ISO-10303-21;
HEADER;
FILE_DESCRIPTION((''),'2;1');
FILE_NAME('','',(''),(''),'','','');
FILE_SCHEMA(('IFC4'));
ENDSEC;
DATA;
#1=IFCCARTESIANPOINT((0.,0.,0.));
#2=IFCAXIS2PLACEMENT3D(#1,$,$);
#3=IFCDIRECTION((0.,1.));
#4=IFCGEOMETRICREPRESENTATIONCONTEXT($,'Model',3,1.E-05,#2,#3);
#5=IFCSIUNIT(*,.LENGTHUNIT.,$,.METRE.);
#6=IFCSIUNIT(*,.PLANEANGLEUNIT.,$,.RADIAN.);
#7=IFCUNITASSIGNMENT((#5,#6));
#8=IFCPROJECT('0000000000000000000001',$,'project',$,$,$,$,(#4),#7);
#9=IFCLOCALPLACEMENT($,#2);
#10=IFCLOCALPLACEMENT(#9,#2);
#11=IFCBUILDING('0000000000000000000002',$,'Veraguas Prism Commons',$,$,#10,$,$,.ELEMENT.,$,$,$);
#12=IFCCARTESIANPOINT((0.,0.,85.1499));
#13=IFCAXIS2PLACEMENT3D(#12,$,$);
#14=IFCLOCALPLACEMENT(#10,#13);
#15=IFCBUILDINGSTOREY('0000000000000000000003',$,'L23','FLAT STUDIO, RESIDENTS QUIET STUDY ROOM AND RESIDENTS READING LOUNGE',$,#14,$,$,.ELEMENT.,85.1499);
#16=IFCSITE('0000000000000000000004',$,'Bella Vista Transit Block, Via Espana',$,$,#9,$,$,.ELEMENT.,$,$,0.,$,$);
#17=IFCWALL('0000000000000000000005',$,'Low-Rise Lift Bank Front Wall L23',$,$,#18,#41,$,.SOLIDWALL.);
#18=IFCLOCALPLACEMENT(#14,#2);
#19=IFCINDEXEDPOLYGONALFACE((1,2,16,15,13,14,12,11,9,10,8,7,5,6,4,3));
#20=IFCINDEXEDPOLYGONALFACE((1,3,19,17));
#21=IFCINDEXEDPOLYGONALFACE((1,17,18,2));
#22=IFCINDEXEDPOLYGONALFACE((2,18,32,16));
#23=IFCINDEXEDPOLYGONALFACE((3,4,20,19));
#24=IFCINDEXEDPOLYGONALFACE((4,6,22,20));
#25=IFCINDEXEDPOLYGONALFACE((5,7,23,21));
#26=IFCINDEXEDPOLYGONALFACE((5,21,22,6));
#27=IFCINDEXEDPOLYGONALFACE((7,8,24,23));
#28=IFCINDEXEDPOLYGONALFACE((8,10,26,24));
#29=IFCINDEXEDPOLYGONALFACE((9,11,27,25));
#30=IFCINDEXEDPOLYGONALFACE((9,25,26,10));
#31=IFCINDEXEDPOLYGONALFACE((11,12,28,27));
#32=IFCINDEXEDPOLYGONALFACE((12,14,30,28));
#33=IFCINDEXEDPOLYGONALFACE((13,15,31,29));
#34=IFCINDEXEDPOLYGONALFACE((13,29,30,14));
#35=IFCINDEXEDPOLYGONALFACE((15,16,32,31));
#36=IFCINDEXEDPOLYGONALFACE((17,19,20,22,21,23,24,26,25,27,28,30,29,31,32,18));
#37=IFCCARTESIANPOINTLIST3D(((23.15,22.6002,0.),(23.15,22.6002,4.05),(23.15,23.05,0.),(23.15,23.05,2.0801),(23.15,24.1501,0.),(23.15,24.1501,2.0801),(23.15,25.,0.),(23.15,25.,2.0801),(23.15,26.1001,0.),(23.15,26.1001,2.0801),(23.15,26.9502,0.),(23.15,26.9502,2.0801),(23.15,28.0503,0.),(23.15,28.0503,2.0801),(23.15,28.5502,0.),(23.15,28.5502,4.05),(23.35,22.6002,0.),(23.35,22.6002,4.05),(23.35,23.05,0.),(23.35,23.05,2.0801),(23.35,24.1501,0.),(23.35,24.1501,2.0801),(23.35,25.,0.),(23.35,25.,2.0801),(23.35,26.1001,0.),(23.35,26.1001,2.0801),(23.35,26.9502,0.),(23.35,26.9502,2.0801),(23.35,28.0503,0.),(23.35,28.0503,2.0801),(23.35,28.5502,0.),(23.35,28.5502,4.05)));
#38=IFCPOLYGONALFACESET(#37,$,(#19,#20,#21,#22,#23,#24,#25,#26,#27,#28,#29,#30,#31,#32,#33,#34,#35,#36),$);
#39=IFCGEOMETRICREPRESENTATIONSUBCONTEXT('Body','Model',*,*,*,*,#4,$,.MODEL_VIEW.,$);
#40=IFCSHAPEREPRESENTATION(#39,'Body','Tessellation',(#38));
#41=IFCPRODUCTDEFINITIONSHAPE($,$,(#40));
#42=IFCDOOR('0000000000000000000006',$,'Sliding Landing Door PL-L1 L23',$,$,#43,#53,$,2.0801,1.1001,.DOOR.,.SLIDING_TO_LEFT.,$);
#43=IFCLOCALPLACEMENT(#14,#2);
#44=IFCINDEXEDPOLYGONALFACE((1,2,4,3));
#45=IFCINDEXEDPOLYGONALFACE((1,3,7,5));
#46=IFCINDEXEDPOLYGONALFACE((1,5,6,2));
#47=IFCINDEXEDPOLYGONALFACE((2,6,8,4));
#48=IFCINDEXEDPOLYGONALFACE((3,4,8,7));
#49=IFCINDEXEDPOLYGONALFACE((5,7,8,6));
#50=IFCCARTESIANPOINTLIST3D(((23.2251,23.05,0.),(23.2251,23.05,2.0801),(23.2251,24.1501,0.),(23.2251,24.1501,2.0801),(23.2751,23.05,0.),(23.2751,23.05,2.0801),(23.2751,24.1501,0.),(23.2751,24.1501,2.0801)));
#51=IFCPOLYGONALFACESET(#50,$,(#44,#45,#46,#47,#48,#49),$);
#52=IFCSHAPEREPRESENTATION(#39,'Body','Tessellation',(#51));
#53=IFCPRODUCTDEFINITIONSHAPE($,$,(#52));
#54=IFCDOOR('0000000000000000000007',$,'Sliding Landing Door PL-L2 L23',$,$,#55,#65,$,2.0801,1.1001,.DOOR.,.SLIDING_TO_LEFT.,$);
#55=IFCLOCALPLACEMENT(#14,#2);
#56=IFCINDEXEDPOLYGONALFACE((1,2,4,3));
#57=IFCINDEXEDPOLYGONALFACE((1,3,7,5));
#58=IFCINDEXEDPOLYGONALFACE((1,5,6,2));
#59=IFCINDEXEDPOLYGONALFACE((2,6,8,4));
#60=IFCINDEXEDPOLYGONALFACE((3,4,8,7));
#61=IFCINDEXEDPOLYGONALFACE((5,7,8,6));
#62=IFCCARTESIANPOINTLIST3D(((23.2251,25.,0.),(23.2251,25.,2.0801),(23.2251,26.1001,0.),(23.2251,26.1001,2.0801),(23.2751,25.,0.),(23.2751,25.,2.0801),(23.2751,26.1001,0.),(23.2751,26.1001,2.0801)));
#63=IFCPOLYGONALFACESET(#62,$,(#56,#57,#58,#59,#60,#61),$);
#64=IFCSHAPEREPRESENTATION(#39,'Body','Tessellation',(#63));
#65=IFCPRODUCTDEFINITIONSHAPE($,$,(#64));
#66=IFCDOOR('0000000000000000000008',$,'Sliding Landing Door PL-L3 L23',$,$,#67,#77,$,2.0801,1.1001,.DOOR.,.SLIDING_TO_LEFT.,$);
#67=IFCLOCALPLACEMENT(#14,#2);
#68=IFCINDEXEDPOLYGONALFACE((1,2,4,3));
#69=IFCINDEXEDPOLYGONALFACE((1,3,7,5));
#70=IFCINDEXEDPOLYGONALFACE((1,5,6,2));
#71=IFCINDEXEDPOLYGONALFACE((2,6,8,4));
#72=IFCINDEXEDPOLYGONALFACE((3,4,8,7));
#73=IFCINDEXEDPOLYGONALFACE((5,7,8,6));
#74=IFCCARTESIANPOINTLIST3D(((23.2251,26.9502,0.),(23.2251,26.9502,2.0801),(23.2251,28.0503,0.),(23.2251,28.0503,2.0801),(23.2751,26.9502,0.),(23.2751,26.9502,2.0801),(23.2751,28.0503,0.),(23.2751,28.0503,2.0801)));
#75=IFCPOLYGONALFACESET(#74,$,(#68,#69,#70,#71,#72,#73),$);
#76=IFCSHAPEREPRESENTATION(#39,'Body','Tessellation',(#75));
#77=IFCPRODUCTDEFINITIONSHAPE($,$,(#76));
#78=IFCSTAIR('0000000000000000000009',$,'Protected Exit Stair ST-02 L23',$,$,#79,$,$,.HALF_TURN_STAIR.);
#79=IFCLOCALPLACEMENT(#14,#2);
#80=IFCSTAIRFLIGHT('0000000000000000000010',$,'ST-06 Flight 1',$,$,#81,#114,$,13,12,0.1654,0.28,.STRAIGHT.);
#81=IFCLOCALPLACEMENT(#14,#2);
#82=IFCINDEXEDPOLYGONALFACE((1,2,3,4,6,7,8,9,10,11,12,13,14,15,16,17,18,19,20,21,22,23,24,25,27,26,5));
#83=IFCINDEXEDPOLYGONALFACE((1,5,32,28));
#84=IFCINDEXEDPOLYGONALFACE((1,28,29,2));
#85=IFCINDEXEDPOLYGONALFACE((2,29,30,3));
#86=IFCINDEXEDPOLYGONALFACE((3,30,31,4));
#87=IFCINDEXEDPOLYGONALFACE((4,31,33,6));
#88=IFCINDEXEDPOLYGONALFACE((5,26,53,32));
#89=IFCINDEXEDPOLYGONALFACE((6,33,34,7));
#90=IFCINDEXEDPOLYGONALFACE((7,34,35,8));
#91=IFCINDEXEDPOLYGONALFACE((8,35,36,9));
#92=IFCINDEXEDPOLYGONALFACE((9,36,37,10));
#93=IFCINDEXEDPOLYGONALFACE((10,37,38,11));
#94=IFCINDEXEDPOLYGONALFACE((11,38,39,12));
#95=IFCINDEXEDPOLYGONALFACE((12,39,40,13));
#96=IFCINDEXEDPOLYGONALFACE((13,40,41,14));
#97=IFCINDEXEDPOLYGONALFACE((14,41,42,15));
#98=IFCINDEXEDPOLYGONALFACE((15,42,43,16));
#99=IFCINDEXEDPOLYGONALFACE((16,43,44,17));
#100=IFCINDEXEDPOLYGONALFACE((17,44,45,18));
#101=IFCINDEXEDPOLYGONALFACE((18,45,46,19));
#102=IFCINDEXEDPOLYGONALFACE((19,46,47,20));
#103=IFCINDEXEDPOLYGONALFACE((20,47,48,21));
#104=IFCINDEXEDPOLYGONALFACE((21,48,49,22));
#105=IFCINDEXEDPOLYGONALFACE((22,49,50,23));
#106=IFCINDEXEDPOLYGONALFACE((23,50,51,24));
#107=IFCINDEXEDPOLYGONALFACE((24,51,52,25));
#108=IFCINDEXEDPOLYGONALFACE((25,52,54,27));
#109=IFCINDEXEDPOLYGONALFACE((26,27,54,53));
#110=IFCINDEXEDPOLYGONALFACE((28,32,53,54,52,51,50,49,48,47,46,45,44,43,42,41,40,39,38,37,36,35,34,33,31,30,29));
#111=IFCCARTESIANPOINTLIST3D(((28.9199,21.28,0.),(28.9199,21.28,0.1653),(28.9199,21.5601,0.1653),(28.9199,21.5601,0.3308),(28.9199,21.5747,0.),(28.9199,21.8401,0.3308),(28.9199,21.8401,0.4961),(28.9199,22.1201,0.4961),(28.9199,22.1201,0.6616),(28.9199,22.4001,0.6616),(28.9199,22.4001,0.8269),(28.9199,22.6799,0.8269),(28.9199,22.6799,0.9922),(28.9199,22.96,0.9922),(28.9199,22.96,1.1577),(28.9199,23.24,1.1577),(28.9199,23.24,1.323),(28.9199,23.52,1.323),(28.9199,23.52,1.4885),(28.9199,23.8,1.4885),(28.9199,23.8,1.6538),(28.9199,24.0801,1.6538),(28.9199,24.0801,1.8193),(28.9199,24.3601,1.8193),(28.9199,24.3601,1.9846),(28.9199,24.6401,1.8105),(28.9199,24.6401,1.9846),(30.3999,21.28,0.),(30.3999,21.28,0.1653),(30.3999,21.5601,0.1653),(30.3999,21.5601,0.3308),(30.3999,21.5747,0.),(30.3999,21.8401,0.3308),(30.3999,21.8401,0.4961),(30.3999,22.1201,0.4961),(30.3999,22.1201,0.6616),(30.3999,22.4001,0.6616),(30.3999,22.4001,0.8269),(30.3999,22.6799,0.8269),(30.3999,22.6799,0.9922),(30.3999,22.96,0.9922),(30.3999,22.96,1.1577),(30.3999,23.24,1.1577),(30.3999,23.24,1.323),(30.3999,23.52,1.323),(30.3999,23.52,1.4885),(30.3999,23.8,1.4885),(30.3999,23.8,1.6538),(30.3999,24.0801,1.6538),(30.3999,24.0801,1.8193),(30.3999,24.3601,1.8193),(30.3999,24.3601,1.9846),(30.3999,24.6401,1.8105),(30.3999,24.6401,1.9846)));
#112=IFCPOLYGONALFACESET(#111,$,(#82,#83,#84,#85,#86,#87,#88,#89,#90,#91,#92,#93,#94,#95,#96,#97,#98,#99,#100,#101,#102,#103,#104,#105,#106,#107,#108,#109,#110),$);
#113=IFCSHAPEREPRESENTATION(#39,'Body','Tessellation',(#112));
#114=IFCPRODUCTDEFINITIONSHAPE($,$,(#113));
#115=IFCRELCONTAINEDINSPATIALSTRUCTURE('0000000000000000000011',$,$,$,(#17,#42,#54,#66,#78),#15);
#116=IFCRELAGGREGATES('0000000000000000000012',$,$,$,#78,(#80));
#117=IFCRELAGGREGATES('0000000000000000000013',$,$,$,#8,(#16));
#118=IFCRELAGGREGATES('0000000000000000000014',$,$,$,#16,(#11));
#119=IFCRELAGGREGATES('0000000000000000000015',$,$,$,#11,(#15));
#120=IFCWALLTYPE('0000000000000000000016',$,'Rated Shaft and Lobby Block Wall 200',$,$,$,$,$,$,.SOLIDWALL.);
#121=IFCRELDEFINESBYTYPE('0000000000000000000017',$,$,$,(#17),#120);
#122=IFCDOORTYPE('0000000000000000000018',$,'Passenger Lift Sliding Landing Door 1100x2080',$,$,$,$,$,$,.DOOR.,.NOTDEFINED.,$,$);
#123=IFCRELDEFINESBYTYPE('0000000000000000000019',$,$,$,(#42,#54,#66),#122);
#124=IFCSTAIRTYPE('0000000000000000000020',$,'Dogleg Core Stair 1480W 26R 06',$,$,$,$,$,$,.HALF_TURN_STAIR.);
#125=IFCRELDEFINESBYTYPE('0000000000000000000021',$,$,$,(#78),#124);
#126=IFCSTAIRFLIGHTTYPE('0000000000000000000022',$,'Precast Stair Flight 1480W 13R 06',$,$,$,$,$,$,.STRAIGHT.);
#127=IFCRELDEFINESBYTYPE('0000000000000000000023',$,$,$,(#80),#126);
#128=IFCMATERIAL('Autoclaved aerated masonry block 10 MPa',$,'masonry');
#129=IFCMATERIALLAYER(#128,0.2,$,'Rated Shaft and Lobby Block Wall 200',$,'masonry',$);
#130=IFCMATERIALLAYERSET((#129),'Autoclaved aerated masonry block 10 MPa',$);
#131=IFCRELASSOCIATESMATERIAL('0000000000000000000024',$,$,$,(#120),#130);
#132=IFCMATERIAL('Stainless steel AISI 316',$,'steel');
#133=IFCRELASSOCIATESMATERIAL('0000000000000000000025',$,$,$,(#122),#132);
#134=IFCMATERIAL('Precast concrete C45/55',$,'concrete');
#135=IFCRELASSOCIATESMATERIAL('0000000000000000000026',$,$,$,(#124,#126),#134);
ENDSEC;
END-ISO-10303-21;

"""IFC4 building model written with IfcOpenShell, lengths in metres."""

from ifc_helpers import new_model, si_unit, direction, frame, frame_2d, origin, place, context, subcontext, project, spatial, polyline, rectangle, outline, extrude, source, transform, mapped, material, layer, layer_set, type_object, element, fill, aggregate, save


model = new_model("IFC4")

# Units and contexts
model_context = context("Model", 3, precision=1e-05, world=origin(), true_north=direction((0.0, 1.0)))
body_context = subcontext(model_context, "Body", "Model", "MODEL_VIEW")
ifc_project = project(units=[si_unit("LENGTHUNIT", "METRE"), si_unit("PLANEANGLEUNIT", "RADIAN")], contexts=[model_context])

# Site, building, storey
site_placement = place(None, origin())
site = spatial("IfcSite", under=ifc_project, at=site_placement, Name="Bella Vista Transit Block, Via Espana", CompositionType="ELEMENT", RefElevation=0.0)
building_placement = place(site_placement, origin())
building = spatial("IfcBuilding", under=site, at=building_placement, Name="Veraguas Prism Commons", CompositionType="ELEMENT")
storey_placement = place(building_placement, frame((0.0, 0.0, 85.1499)))
storey = spatial("IfcBuildingStorey", under=building, at=storey_placement, Name="L23", Description="FLAT STUDIO, RESIDENTS QUIET STUDY ROOM AND RESIDENTS READING LOUNGE", CompositionType="ELEMENT", Elevation=85.1499)

# Shared definitions
ifc_material_1 = material(Name="Autoclaved aerated masonry block 10 MPa", Category="masonry")

# Shared definitions
ifc_layer_1 = layer(ifc_material_1, 0.2, Name="Rated Shaft and Lobby Block Wall 200", Category="masonry")
ifc_layer_set_1 = layer_set([ifc_layer_1], Name="Autoclaved aerated masonry block 10 MPa")
wall_type_1 = type_object("IfcWallType", Name="Rated Shaft and Lobby Block Wall 200", PredefinedType="SOLIDWALL", material=ifc_layer_set_1)
ifc_material_2 = material(Name="Stainless steel AISI 316", Category="steel")

# Wall, openings, doors
wall_1_placement = place(storey_placement, frame((23.25, 22.6001, 0.0), z_axis=(0.0, 0.0, 1.0), x_axis=(0.0, 1.0, 0.0)))
wall_1 = element("IfcWall", 1, at=wall_1_placement, inside=storey, type_object=wall_type_1, Name="Low-Rise Lift Bank Front Wall L23", PredefinedType="SOLIDWALL", context=body_context, shape_type="SweptSolid", body=[
    extrude(rectangle(XDim=5.95, YDim=0.2, at=frame_2d((2.9751, 0.0))), origin(), (0.0, 0.0, 1.0), 4.05),
])
opening_1_placement = place(wall_1_placement, frame((0.45, 0.0, 0.0)))
opening_1 = element("IfcOpeningElement", 2, at=opening_1_placement, cuts=wall_1, PredefinedType="OPENING", context=body_context, shape_type="SweptSolid", body=[
    extrude(rectangle(XDim=1.1001, YDim=2.0801, at=frame_2d((0.55, 1.04))), frame((0.0, 0.1099, 0.0), z_axis=(0.0, -1.0, 0.0), x_axis=(1.0, 0.0, 0.0)), (0.0, 0.0, 1.0), 0.22),
])
opening_2_placement = place(wall_1_placement, frame((2.3999, 0.0, 0.0)))
opening_2 = element("IfcOpeningElement", 3, at=opening_2_placement, cuts=wall_1, PredefinedType="OPENING", context=body_context, shape_type="SweptSolid", body=[
    extrude(rectangle(XDim=1.1001, YDim=2.0801, at=frame_2d((0.55, 1.04))), frame((0.0, 0.1099, 0.0), z_axis=(0.0, -1.0, 0.0), x_axis=(1.0, 0.0, 0.0)), (0.0, 0.0, 1.0), 0.22),
])
opening_3_placement = place(wall_1_placement, frame((4.3501, 0.0, 0.0)))
opening_3 = element("IfcOpeningElement", 4, at=opening_3_placement, cuts=wall_1, PredefinedType="OPENING", context=body_context, shape_type="SweptSolid", body=[
    extrude(rectangle(XDim=1.1001, YDim=2.0801, at=frame_2d((0.55, 1.04))), frame((0.0, 0.1099, 0.0), z_axis=(0.0, -1.0, 0.0), x_axis=(1.0, 0.0, 0.0)), (0.0, 0.0, 1.0), 0.22),
])
door_type_1 = type_object("IfcDoorType", Name="Passenger Lift Sliding Landing Door 1100x2080", OperationType="NOTDEFINED", PredefinedType="DOOR", material=ifc_material_2)
shared_shape_1 = source(origin(), body_context, "Body", "SweptSolid", [
    extrude(rectangle(XDim=1.1001, YDim=2.0801, at=frame_2d((0.55, 1.04))), frame((0.0, 0.0249, 0.0), z_axis=(0.0, -1.0, 0.0), x_axis=(1.0, 0.0, 0.0)), (0.0, 0.0, 1.0), 0.05),
])
door_1_placement = place(opening_1_placement, origin())
door_1 = element("IfcDoor", 5, at=door_1_placement, inside=storey, type_object=door_type_1, Name="Sliding Landing Door PL-L1 L23", OperationType="SLIDING_TO_LEFT", OverallHeight=2.0801, OverallWidth=1.1001, PredefinedType="DOOR", context=body_context, shape_type="MappedRepresentation", body=[
    mapped(shared_shape_1, transform((0.0, 0.0, 0.0), scale=1.0)),
])
fill(opening_1, door_1)
door_2_placement = place(opening_2_placement, origin())
door_2 = element("IfcDoor", 6, at=door_2_placement, inside=storey, type_object=door_type_1, Name="Sliding Landing Door PL-L2 L23", OperationType="SLIDING_TO_LEFT", OverallHeight=2.0801, OverallWidth=1.1001, PredefinedType="DOOR", context=body_context, shape_type="MappedRepresentation", body=[
    mapped(shared_shape_1, transform((0.0, 0.0, 0.0), scale=1.0)),
])
fill(opening_2, door_2)
door_3_placement = place(opening_3_placement, origin())
door_3 = element("IfcDoor", 7, at=door_3_placement, inside=storey, type_object=door_type_1, Name="Sliding Landing Door PL-L3 L23", OperationType="SLIDING_TO_LEFT", OverallHeight=2.0801, OverallWidth=1.1001, PredefinedType="DOOR", context=body_context, shape_type="MappedRepresentation", body=[
    mapped(shared_shape_1, transform((0.0, 0.0, 0.0), scale=1.0)),
])
fill(opening_3, door_3)

# Stair, stair flight
ifc_material_3 = material(Name="Precast concrete C45/55", Category="concrete")
stair_type = type_object("IfcStairType", Name="Dogleg Core Stair 1480W 26R 06", PredefinedType="HALF_TURN_STAIR", material=ifc_material_3)
stair_placement = place(storey_placement, origin())
stair = element("IfcStair", 8, at=stair_placement, inside=storey, type_object=stair_type, Name="Protected Exit Stair ST-02 L23", PredefinedType="HALF_TURN_STAIR")
stair_flight_type = type_object("IfcStairFlightType", Name="Precast Stair Flight 1480W 13R 06", PredefinedType="STRAIGHT", material=ifc_material_3)
stair_flight_placement = place(storey_placement, frame((29.6599, 21.28, 0.0), z_axis=(0.0, 0.0, 1.0), x_axis=(0.0, 1.0, 0.0)))
stair_flight = element("IfcStairFlight", 9, at=stair_flight_placement, type_object=stair_flight_type, Name="ST-06 Flight 1", NumberOfRisers=13, NumberOfTreads=12, PredefinedType="STRAIGHT", RiserHeight=0.1654, TreadLength=0.28, context=body_context, shape_type="SweptSolid", body=[
    extrude(outline(polyline([(0.0, 0.0), (0.0, 0.1653), (0.28, 0.1653), (0.28, 0.3308), (0.5601, 0.3308), (0.5601, 0.4961), (0.8401, 0.4961), (0.8401, 0.6616), (1.1201, 0.6616), (1.1201, 0.8269), (1.3999, 0.8269), (1.3999, 0.9922), (1.6799, 0.9922), (1.6799, 1.1577), (1.96, 1.1577), (1.96, 1.323), (2.24, 1.323), (2.24, 1.4885), (2.52, 1.4885), (2.52, 1.6538), (2.8, 1.6538), (2.8, 1.8193), (3.0801, 1.8193), (3.0801, 1.9846), (3.3601, 1.9846), (3.3601, 2.1499), (3.3601, 1.8105), (0.2947, 0.0), (0.0, 0.0)])), frame((0.0, 0.74, 0.0), z_axis=(0.0, -1.0, 0.0), x_axis=(1.0, 0.0, 0.0)), (0.0, 0.0, 1.0), 1.48),
])
aggregate(stair, [stair_flight])

save(model, "model.ifc")
